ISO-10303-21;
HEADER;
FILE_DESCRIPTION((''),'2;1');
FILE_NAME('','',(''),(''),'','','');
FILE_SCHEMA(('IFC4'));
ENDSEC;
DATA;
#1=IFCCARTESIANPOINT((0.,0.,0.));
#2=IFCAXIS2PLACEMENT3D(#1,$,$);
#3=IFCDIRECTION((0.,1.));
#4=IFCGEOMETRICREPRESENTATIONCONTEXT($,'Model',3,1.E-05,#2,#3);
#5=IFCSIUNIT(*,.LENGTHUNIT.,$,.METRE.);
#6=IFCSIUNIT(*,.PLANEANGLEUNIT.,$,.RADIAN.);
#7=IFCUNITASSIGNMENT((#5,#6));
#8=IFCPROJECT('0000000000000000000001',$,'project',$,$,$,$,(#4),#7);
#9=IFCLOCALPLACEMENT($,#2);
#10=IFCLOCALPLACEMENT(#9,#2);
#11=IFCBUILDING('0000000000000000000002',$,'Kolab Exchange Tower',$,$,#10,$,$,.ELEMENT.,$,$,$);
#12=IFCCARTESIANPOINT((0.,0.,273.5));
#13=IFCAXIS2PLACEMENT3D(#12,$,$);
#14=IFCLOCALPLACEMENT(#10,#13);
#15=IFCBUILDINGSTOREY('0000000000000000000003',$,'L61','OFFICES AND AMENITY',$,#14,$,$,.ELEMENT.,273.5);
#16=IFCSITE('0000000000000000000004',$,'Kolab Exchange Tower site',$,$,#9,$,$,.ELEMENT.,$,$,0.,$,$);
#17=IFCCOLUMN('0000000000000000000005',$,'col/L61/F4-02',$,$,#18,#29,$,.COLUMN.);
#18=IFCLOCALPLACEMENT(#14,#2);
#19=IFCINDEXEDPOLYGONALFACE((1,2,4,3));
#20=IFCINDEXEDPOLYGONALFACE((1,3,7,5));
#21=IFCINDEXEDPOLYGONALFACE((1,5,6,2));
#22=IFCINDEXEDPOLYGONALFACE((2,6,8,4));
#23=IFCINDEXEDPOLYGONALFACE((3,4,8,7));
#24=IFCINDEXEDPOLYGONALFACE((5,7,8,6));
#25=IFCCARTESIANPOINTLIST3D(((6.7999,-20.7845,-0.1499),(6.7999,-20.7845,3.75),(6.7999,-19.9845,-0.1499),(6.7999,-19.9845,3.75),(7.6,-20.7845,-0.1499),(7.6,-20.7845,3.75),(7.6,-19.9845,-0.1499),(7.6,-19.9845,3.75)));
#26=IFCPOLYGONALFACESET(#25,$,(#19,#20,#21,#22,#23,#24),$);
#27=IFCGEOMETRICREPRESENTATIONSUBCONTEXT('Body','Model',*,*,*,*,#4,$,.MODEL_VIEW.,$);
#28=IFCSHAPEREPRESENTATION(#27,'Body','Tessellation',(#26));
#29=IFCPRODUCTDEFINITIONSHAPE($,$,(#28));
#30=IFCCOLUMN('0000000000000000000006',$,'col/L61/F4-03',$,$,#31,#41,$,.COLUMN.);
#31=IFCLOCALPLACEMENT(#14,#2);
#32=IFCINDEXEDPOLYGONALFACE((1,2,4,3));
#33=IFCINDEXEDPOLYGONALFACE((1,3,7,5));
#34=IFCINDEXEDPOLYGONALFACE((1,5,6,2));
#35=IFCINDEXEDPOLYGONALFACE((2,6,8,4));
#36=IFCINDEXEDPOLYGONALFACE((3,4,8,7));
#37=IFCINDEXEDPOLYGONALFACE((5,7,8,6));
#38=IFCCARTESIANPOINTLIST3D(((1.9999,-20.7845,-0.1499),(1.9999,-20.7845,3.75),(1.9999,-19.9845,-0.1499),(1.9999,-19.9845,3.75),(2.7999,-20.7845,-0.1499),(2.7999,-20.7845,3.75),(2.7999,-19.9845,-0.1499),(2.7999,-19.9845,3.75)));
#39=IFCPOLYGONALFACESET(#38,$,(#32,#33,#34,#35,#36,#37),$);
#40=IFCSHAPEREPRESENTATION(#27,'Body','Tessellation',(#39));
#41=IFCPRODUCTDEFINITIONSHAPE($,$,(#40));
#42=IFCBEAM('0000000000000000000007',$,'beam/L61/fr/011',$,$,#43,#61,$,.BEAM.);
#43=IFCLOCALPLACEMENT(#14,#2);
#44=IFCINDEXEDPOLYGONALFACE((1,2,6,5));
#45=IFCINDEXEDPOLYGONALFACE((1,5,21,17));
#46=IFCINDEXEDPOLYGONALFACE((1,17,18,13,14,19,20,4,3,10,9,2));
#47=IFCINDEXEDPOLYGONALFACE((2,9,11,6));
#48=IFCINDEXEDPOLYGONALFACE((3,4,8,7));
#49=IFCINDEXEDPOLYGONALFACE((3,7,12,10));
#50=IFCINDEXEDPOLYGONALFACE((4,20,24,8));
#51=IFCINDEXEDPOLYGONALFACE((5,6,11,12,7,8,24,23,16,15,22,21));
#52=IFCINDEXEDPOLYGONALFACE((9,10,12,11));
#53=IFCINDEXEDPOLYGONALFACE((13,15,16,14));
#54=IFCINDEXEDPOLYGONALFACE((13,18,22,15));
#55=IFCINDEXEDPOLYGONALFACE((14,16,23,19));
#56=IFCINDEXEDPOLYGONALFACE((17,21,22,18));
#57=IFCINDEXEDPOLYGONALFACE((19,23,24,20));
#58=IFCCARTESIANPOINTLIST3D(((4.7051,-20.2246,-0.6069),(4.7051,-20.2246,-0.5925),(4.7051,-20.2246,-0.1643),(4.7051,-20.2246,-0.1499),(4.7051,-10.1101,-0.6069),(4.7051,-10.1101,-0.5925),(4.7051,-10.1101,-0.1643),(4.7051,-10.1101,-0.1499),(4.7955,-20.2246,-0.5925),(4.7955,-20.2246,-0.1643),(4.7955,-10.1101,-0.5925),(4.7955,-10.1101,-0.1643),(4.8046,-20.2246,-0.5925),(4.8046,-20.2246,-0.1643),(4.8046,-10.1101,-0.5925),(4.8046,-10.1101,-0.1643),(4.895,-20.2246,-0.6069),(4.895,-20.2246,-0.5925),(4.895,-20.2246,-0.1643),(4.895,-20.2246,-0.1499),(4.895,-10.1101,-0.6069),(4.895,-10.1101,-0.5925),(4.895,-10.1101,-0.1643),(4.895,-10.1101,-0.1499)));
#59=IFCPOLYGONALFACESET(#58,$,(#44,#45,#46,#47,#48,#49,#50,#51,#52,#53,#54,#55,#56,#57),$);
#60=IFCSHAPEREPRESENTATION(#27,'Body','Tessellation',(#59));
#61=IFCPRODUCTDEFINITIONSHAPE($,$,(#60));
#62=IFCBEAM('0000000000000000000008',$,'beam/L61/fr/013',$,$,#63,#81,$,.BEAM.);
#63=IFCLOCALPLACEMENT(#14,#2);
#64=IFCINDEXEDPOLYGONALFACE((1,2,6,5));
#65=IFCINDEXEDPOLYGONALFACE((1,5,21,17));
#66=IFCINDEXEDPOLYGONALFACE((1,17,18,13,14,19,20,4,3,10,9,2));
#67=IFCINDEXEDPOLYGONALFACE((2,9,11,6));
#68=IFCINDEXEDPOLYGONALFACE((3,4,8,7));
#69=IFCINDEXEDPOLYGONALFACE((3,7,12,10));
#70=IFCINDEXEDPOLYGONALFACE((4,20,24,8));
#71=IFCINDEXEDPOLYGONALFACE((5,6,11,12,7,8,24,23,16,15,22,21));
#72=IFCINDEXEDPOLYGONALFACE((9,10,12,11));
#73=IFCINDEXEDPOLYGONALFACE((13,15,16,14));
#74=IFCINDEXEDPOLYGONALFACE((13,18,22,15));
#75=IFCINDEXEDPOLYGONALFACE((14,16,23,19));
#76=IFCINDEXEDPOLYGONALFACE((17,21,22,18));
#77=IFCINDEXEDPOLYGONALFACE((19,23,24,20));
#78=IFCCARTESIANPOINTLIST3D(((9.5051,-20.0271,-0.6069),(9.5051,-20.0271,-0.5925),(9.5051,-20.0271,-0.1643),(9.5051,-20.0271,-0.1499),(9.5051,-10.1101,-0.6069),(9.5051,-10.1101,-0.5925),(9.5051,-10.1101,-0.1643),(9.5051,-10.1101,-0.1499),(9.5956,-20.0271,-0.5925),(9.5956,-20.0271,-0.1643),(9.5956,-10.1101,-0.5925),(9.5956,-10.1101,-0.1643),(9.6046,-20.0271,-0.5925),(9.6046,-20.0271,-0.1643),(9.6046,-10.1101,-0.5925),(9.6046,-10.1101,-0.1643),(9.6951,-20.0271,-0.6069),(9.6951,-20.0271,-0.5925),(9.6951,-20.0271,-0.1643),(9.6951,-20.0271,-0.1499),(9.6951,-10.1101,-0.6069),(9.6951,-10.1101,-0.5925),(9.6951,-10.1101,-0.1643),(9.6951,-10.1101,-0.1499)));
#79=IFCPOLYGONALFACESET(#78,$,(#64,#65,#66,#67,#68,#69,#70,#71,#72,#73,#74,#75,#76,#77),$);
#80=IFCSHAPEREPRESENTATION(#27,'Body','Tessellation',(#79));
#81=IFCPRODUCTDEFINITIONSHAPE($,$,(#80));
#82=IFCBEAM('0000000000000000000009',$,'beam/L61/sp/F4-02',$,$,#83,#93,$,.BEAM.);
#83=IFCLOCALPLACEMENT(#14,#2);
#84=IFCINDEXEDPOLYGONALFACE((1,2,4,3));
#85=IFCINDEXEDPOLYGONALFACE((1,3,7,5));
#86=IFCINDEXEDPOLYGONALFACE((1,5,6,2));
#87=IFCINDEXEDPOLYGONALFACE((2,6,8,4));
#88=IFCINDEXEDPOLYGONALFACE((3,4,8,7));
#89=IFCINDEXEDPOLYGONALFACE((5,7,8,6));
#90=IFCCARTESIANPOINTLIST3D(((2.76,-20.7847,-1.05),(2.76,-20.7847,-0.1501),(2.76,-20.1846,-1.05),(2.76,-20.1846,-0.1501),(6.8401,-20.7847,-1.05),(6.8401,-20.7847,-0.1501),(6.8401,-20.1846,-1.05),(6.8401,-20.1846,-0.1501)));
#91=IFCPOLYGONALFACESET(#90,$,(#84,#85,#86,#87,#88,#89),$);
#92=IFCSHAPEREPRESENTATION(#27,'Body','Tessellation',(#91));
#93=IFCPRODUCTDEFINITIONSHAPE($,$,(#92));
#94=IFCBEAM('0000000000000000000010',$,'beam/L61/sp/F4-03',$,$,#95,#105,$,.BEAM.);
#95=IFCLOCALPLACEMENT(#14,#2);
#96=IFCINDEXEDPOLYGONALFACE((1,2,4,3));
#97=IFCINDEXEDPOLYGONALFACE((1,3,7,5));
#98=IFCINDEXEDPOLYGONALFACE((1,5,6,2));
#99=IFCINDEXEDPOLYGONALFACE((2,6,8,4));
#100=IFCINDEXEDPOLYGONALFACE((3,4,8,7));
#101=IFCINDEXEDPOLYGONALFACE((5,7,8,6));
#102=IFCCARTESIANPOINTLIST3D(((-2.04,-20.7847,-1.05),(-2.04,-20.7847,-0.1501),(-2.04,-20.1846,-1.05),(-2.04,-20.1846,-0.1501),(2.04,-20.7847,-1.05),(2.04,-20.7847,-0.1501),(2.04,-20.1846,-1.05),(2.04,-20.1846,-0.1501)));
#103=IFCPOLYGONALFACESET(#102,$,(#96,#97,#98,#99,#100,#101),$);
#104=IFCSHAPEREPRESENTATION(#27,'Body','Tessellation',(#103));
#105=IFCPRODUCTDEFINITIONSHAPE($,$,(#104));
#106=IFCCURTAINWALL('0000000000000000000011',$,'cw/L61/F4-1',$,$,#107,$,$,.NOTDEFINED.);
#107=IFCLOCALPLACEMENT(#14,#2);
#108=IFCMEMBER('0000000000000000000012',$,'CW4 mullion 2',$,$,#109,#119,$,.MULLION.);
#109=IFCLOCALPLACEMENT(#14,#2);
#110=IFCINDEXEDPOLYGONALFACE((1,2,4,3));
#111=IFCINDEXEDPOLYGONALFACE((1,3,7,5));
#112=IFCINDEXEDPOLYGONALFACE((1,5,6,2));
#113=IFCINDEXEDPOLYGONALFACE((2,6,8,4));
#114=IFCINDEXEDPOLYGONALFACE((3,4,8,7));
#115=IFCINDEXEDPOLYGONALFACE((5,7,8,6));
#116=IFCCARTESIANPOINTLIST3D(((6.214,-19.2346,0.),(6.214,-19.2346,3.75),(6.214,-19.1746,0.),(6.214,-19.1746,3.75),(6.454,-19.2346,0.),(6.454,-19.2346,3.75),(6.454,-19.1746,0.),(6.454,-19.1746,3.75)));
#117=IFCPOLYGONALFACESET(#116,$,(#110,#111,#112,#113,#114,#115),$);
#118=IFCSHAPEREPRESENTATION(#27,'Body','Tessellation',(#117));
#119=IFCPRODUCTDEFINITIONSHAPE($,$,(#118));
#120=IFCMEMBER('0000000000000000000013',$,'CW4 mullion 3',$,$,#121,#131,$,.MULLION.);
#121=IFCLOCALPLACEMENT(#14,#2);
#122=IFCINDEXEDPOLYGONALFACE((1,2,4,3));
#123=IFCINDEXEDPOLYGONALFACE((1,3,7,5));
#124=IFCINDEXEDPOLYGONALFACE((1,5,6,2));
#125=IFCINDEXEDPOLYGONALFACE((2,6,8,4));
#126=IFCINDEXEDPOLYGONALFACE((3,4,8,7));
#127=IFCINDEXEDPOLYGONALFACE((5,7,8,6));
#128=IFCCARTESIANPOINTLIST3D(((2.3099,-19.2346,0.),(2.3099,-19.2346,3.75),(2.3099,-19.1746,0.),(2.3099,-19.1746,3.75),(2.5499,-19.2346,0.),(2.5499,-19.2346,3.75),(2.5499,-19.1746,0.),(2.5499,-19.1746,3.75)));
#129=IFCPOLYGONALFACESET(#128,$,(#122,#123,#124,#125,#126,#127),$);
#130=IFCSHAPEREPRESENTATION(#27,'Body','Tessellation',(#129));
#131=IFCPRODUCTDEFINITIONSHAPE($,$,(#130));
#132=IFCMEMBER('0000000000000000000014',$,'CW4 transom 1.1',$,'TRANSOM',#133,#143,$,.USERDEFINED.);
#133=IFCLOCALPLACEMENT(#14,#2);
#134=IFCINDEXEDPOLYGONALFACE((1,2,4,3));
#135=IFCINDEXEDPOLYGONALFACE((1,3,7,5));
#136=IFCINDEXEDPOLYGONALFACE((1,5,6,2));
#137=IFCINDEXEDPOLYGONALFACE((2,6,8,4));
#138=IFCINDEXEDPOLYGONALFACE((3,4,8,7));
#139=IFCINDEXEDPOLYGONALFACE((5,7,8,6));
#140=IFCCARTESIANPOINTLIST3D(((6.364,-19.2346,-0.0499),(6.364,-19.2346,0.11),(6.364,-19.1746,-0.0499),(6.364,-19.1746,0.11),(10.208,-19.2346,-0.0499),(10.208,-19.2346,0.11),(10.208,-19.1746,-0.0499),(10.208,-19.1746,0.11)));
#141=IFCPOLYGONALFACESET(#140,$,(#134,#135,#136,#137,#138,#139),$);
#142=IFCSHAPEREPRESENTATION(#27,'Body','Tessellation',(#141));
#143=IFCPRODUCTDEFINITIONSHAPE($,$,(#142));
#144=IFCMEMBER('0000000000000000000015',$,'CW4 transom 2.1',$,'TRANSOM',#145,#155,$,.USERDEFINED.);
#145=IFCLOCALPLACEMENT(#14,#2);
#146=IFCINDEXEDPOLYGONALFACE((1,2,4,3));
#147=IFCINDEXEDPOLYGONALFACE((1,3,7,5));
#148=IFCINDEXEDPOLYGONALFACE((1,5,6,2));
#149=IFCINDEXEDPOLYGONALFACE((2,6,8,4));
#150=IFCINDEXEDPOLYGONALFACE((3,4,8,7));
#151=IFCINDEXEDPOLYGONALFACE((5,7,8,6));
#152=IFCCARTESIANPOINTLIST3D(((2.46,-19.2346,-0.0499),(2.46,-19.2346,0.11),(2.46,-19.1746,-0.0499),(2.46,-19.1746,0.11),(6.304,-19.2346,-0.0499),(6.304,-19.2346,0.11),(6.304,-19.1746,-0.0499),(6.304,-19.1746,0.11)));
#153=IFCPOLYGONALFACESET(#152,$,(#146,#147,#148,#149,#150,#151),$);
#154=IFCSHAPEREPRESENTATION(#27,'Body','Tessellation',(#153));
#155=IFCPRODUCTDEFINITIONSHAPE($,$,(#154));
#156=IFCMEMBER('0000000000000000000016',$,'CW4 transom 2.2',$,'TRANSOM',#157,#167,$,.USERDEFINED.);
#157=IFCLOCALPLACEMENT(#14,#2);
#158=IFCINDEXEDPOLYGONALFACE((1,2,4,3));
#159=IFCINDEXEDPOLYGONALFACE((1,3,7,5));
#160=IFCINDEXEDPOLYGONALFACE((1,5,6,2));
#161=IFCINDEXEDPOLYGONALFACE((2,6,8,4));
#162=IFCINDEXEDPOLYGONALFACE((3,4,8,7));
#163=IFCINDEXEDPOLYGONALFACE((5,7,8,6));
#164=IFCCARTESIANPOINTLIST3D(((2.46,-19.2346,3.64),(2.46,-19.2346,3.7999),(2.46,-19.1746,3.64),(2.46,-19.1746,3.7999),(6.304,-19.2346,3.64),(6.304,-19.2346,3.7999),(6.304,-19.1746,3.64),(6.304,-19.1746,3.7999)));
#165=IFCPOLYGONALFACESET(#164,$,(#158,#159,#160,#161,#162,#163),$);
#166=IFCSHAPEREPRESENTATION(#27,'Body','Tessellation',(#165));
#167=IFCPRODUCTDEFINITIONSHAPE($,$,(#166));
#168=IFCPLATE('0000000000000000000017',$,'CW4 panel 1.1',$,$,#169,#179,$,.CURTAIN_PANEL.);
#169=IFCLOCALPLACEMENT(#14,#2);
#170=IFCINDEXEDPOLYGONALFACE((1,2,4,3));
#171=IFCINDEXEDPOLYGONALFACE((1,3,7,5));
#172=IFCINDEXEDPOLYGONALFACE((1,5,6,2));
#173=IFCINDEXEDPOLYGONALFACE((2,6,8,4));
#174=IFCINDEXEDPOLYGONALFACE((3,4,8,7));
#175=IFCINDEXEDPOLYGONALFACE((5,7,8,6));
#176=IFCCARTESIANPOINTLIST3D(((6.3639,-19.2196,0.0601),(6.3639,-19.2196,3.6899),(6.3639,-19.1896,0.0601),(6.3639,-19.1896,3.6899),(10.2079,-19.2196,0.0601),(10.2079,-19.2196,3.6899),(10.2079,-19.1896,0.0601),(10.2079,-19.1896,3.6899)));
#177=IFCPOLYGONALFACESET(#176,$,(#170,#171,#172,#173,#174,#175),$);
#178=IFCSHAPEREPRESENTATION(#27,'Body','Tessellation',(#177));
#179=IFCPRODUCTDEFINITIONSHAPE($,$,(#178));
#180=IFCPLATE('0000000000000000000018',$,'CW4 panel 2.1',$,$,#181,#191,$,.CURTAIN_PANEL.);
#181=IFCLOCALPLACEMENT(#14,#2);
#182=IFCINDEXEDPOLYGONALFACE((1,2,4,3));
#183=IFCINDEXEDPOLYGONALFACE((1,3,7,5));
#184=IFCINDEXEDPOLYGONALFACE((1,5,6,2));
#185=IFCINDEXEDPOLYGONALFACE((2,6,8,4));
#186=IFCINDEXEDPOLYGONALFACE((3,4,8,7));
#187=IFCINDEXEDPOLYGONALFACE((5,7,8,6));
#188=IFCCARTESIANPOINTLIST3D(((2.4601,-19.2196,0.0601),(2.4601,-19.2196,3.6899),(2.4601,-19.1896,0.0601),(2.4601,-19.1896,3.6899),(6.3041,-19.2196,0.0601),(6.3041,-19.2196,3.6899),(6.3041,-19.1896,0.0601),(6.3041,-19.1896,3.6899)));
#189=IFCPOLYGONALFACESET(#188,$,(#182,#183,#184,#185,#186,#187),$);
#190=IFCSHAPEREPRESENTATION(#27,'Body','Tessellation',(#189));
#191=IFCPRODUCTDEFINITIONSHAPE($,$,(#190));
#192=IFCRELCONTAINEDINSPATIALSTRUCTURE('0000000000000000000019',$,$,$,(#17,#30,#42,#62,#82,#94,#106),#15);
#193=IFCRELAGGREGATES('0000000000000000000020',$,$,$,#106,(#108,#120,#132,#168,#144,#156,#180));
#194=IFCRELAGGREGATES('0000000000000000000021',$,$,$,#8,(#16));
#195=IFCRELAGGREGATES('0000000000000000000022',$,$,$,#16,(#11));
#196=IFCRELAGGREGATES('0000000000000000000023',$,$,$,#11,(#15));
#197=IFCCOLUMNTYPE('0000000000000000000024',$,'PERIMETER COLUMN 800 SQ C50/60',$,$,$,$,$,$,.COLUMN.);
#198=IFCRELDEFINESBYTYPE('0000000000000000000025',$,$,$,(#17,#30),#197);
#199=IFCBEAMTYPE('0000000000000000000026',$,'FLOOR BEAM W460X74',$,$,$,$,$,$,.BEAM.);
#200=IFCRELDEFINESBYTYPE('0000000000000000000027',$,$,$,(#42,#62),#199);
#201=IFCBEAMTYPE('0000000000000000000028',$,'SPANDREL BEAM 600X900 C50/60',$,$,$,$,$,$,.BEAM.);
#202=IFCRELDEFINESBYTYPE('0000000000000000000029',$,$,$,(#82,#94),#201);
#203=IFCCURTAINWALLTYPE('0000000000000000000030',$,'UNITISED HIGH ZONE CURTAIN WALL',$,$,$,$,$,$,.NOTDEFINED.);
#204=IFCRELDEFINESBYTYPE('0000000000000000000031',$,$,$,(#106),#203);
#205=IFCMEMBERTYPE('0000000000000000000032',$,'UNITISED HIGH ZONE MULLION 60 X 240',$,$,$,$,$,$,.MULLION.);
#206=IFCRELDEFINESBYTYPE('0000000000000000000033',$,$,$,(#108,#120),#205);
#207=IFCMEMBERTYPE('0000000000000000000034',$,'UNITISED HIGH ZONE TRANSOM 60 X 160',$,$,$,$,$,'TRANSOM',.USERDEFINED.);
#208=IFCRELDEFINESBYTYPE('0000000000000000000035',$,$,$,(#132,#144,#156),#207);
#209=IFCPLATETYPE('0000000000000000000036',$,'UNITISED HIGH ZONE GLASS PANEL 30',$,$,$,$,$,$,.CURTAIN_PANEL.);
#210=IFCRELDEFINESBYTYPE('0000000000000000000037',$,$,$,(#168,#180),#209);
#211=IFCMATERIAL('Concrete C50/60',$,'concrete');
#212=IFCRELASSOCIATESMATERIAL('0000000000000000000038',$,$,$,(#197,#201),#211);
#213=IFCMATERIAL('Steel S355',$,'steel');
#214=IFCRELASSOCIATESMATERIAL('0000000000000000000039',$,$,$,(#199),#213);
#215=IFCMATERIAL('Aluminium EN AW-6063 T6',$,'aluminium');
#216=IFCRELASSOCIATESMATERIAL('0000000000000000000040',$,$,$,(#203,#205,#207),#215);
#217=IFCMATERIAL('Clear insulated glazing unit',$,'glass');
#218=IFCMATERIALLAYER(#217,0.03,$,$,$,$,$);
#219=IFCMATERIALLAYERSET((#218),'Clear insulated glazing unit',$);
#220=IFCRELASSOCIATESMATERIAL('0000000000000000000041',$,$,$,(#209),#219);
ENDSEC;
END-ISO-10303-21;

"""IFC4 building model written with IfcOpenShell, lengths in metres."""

from ifc_helpers import new_model, si_unit, direction, frame, origin, origin_2d, place, context, subcontext, project, spatial, rectangle, i_section, extrude, material, layer, layer_set, material_profile, profile_set, type_object, element, aggregate, save


model = new_model("IFC4")

# Units and contexts
model_context = context("Model", 3, precision=1e-05, world=origin(), true_north=direction((0.0, 1.0)))
body_context = subcontext(model_context, "Body", "Model", "MODEL_VIEW")
ifc_project = project(units=[si_unit("LENGTHUNIT", "METRE"), si_unit("PLANEANGLEUNIT", "RADIAN")], contexts=[model_context])

# Site, building, storey
site_placement = place(None, origin())
site = spatial("IfcSite", under=ifc_project, at=site_placement, Name="Kolab Exchange Tower site", CompositionType="ELEMENT", RefElevation=0.0)
building_placement = place(site_placement, origin())
building = spatial("IfcBuilding", under=site, at=building_placement, Name="Kolab Exchange Tower", CompositionType="ELEMENT")
storey_placement = place(building_placement, frame((0.0, 0.0, 273.5)))
storey = spatial("IfcBuildingStorey", under=building, at=storey_placement, Name="L61", Description="OFFICES AND AMENITY", CompositionType="ELEMENT", Elevation=273.5)

# Columns
ifc_material_1 = material(Name="Concrete C50/60", Category="concrete")
ifc_material_profile_1 = material_profile(ifc_material_1, rectangle(XDim=0.8, YDim=0.8, at=origin_2d()), Name="RC800")
ifc_profile_set_1 = profile_set([ifc_material_profile_1], Name="Concrete C50/60")
column_type = type_object("IfcColumnType", Name="PERIMETER COLUMN 800 SQ C50/60", PredefinedType="COLUMN", material=ifc_profile_set_1)
for number, where, z_axis, x_axis, name in (
    (1, (7.2, -20.3845, -0.1499), (0.0, 0.0, 1.0), (1.0, 0.0, 0.0), "col/L61/F4-02"),
    (2, (2.3999, -20.3845, -0.1499), (0.0, 0.0, 1.0), (1.0, 0.0, 0.0), "col/L61/F4-03"),
):
    element("IfcColumn", number, at=place(storey_placement, frame(where, z_axis=z_axis, x_axis=x_axis)), inside=storey, type_object=column_type, Name=name, PredefinedType="COLUMN", context=body_context, shape_type="SweptSolid", body=[
        extrude(rectangle(XDim=0.8, YDim=0.8, at=origin_2d()), origin(), (0.0, 0.0, 1.0), 3.8999),
    ])

# Beams
ifc_material_2 = material(Name="Steel S355", Category="steel")
ifc_material_profile_2 = material_profile(ifc_material_2, i_section(OverallWidth=0.1899, OverallDepth=0.457, WebThickness=0.009, FlangeThickness=0.0144, at=origin_2d()), Name="W460X74")
ifc_profile_set_2 = profile_set([ifc_material_profile_2], Name="Steel S355")
beam_type_1 = type_object("IfcBeamType", Name="FLOOR BEAM W460X74", PredefinedType="BEAM", material=ifc_profile_set_2)
beam_1_placement = place(storey_placement, frame((4.8, -20.2246, -0.3784), z_axis=(0.0, 1.0, 0.0), x_axis=(-1.0, 0.0, 0.0)))
element("IfcBeam", 3, at=beam_1_placement, inside=storey, type_object=beam_type_1, Name="beam/L61/fr/011", PredefinedType="BEAM", context=body_context, shape_type="SweptSolid", body=[
    extrude(i_section(OverallWidth=0.1899, OverallDepth=0.457, WebThickness=0.009, FlangeThickness=0.0144, at=origin_2d()), origin(), (0.0, 0.0, 1.0), 10.1145),
])
beam_2_placement = place(storey_placement, frame((9.6001, -20.0271, -0.3784), z_axis=(0.0, 1.0, 0.0), x_axis=(-1.0, 0.0, 0.0)))
element("IfcBeam", 4, at=beam_2_placement, inside=storey, type_object=beam_type_1, Name="beam/L61/fr/013", PredefinedType="BEAM", context=body_context, shape_type="SweptSolid", body=[
    extrude(i_section(OverallWidth=0.1899, OverallDepth=0.457, WebThickness=0.009, FlangeThickness=0.0144, at=origin_2d()), origin(), (0.0, 0.0, 1.0), 9.917),
])
ifc_material_profile_3 = material_profile(ifc_material_1, rectangle(XDim=0.6001, YDim=0.8999, at=origin_2d()), Name="RC600X900")
ifc_profile_set_3 = profile_set([ifc_material_profile_3], Name="Concrete C50/60")
beam_type_2 = type_object("IfcBeamType", Name="SPANDREL BEAM 600X900 C50/60", PredefinedType="BEAM", material=ifc_profile_set_3)
for number, where, z_axis, x_axis, name in (
    (5, (6.8401, -20.4846, -0.6001), (-1.0, 0.0, 0.0), (0.0, -1.0, 0.0), "beam/L61/sp/F4-02"),
    (6, (2.04, -20.4846, -0.6001), (-1.0, 0.0, 0.0), (0.0, -1.0, 0.0), "beam/L61/sp/F4-03"),
):
    element("IfcBeam", number, at=place(storey_placement, frame(where, z_axis=z_axis, x_axis=x_axis)), inside=storey, type_object=beam_type_2, Name=name, PredefinedType="BEAM", context=body_context, shape_type="SweptSolid", body=[
        extrude(rectangle(XDim=0.6001, YDim=0.8999, at=origin_2d()), origin(), (0.0, 0.0, 1.0), 4.0801),
    ])

# Curtain wall, members, plates
ifc_material_3 = material(Name="Aluminium EN AW-6063 T6", Category="aluminium")
curtain_wall_type = type_object("IfcCurtainWallType", Name="UNITISED HIGH ZONE CURTAIN WALL", PredefinedType="NOTDEFINED", material=ifc_material_3)
curtain_wall_placement = place(storey_placement, origin())
curtain_wall = element("IfcCurtainWall", 7, at=curtain_wall_placement, inside=storey, type_object=curtain_wall_type, Name="cw/L61/F4-1", PredefinedType="NOTDEFINED")
ifc_material_profile_4 = material_profile(ifc_material_3, rectangle(XDim=0.0601, YDim=0.24, at=origin_2d()), Name="RECT 60X240")
ifc_profile_set_4 = profile_set([ifc_material_profile_4], Name="Aluminium EN AW-6063 T6")
member_type_1 = type_object("IfcMemberType", Name="UNITISED HIGH ZONE MULLION 60 X 240", PredefinedType="MULLION", material=ifc_profile_set_4)
member_1_placement = place(storey_placement, frame((6.334, -19.2046, 0.0), z_axis=(0.0, 0.0, 1.0), x_axis=(0.0, -1.0, 0.0)))
member_1 = element("IfcMember", 8, at=member_1_placement, type_object=member_type_1, Name="CW4 mullion 2", PredefinedType="MULLION", context=body_context, shape_type="SweptSolid", body=[
    extrude(rectangle(XDim=0.0601, YDim=0.24, at=origin_2d()), origin(), (0.0, 0.0, 1.0), 3.75),
])
member_2_placement = place(storey_placement, frame((2.4299, -19.2046, 0.0), z_axis=(0.0, 0.0, 1.0), x_axis=(0.0, -1.0, 0.0)))
member_2 = element("IfcMember", 9, at=member_2_placement, type_object=member_type_1, Name="CW4 mullion 3", PredefinedType="MULLION", context=body_context, shape_type="SweptSolid", body=[
    extrude(rectangle(XDim=0.0601, YDim=0.24, at=origin_2d()), origin(), (0.0, 0.0, 1.0), 3.75),
])
ifc_material_profile_5 = material_profile(ifc_material_3, rectangle(XDim=0.0601, YDim=0.1599, at=origin_2d()), Name="RECT 60X160")
ifc_profile_set_5 = profile_set([ifc_material_profile_5], Name="Aluminium EN AW-6063 T6")
member_type_2 = type_object("IfcMemberType", Name="UNITISED HIGH ZONE TRANSOM 60 X 160", ElementType="TRANSOM", PredefinedType="USERDEFINED", material=ifc_profile_set_5)
member_3_placement = place(storey_placement, frame((10.208, -19.2046, 0.03), z_axis=(-1.0, 0.0, 0.0), x_axis=(0.0, -1.0, 0.0)))
member_3 = element("IfcMember", 10, at=member_3_placement, type_object=member_type_2, Name="CW4 transom 1.1", ObjectType="TRANSOM", PredefinedType="USERDEFINED", context=body_context, shape_type="SweptSolid", body=[
    extrude(rectangle(XDim=0.0601, YDim=0.1599, at=origin_2d()), origin(), (0.0, 0.0, 1.0), 3.844),
])
member_4_placement = place(storey_placement, frame((6.304, -19.2046, 0.03), z_axis=(-1.0, 0.0, 0.0), x_axis=(0.0, -1.0, 0.0)))
member_4 = element("IfcMember", 11, at=member_4_placement, type_object=member_type_2, Name="CW4 transom 2.1", ObjectType="TRANSOM", PredefinedType="USERDEFINED", context=body_context, shape_type="SweptSolid", body=[
    extrude(rectangle(XDim=0.0601, YDim=0.1599, at=origin_2d()), origin(), (0.0, 0.0, 1.0), 3.844),
])
member_5_placement = place(storey_placement, frame((6.304, -19.2046, 3.72), z_axis=(-1.0, 0.0, 0.0), x_axis=(0.0, -1.0, 0.0)))
member_5 = element("IfcMember", 12, at=member_5_placement, type_object=member_type_2, Name="CW4 transom 2.2", ObjectType="TRANSOM", PredefinedType="USERDEFINED", context=body_context, shape_type="SweptSolid", body=[
    extrude(rectangle(XDim=0.0601, YDim=0.1599, at=origin_2d()), origin(), (0.0, 0.0, 1.0), 3.844),
])
ifc_material_4 = material(Name="Clear insulated glazing unit", Category="glass")
ifc_layer_1 = layer(ifc_material_4, 0.03)
ifc_layer_set_1 = layer_set([ifc_layer_1], Name="Clear insulated glazing unit")
plate_type = type_object("IfcPlateType", Name="UNITISED HIGH ZONE GLASS PANEL 30", PredefinedType="CURTAIN_PANEL", material=ifc_layer_set_1)
plate_1_placement = place(storey_placement, frame((8.2859, -19.2046, 0.0601), z_axis=(0.0, 0.0, 1.0), x_axis=(-1.0, 0.0, 0.0)))
plate_1 = element("IfcPlate", 13, at=plate_1_placement, type_object=plate_type, Name="CW4 panel 1.1", PredefinedType="CURTAIN_PANEL", context=body_context, shape_type="SweptSolid", body=[
    extrude(rectangle(XDim=3.844, YDim=0.03, at=origin_2d()), origin(), (0.0, 0.0, 1.0), 3.6299),
])
plate_2_placement = place(storey_placement, frame((4.3821, -19.2046, 0.0601), z_axis=(0.0, 0.0, 1.0), x_axis=(-1.0, 0.0, 0.0)))
plate_2 = element("IfcPlate", 14, at=plate_2_placement, type_object=plate_type, Name="CW4 panel 2.1", PredefinedType="CURTAIN_PANEL", context=body_context, shape_type="SweptSolid", body=[
    extrude(rectangle(XDim=3.844, YDim=0.03, at=origin_2d()), origin(), (0.0, 0.0, 1.0), 3.6299),
])
aggregate(curtain_wall, [member_1, member_2, member_3, plate_1, member_4, member_5, plate_2])

save(model, "model.ifc")
